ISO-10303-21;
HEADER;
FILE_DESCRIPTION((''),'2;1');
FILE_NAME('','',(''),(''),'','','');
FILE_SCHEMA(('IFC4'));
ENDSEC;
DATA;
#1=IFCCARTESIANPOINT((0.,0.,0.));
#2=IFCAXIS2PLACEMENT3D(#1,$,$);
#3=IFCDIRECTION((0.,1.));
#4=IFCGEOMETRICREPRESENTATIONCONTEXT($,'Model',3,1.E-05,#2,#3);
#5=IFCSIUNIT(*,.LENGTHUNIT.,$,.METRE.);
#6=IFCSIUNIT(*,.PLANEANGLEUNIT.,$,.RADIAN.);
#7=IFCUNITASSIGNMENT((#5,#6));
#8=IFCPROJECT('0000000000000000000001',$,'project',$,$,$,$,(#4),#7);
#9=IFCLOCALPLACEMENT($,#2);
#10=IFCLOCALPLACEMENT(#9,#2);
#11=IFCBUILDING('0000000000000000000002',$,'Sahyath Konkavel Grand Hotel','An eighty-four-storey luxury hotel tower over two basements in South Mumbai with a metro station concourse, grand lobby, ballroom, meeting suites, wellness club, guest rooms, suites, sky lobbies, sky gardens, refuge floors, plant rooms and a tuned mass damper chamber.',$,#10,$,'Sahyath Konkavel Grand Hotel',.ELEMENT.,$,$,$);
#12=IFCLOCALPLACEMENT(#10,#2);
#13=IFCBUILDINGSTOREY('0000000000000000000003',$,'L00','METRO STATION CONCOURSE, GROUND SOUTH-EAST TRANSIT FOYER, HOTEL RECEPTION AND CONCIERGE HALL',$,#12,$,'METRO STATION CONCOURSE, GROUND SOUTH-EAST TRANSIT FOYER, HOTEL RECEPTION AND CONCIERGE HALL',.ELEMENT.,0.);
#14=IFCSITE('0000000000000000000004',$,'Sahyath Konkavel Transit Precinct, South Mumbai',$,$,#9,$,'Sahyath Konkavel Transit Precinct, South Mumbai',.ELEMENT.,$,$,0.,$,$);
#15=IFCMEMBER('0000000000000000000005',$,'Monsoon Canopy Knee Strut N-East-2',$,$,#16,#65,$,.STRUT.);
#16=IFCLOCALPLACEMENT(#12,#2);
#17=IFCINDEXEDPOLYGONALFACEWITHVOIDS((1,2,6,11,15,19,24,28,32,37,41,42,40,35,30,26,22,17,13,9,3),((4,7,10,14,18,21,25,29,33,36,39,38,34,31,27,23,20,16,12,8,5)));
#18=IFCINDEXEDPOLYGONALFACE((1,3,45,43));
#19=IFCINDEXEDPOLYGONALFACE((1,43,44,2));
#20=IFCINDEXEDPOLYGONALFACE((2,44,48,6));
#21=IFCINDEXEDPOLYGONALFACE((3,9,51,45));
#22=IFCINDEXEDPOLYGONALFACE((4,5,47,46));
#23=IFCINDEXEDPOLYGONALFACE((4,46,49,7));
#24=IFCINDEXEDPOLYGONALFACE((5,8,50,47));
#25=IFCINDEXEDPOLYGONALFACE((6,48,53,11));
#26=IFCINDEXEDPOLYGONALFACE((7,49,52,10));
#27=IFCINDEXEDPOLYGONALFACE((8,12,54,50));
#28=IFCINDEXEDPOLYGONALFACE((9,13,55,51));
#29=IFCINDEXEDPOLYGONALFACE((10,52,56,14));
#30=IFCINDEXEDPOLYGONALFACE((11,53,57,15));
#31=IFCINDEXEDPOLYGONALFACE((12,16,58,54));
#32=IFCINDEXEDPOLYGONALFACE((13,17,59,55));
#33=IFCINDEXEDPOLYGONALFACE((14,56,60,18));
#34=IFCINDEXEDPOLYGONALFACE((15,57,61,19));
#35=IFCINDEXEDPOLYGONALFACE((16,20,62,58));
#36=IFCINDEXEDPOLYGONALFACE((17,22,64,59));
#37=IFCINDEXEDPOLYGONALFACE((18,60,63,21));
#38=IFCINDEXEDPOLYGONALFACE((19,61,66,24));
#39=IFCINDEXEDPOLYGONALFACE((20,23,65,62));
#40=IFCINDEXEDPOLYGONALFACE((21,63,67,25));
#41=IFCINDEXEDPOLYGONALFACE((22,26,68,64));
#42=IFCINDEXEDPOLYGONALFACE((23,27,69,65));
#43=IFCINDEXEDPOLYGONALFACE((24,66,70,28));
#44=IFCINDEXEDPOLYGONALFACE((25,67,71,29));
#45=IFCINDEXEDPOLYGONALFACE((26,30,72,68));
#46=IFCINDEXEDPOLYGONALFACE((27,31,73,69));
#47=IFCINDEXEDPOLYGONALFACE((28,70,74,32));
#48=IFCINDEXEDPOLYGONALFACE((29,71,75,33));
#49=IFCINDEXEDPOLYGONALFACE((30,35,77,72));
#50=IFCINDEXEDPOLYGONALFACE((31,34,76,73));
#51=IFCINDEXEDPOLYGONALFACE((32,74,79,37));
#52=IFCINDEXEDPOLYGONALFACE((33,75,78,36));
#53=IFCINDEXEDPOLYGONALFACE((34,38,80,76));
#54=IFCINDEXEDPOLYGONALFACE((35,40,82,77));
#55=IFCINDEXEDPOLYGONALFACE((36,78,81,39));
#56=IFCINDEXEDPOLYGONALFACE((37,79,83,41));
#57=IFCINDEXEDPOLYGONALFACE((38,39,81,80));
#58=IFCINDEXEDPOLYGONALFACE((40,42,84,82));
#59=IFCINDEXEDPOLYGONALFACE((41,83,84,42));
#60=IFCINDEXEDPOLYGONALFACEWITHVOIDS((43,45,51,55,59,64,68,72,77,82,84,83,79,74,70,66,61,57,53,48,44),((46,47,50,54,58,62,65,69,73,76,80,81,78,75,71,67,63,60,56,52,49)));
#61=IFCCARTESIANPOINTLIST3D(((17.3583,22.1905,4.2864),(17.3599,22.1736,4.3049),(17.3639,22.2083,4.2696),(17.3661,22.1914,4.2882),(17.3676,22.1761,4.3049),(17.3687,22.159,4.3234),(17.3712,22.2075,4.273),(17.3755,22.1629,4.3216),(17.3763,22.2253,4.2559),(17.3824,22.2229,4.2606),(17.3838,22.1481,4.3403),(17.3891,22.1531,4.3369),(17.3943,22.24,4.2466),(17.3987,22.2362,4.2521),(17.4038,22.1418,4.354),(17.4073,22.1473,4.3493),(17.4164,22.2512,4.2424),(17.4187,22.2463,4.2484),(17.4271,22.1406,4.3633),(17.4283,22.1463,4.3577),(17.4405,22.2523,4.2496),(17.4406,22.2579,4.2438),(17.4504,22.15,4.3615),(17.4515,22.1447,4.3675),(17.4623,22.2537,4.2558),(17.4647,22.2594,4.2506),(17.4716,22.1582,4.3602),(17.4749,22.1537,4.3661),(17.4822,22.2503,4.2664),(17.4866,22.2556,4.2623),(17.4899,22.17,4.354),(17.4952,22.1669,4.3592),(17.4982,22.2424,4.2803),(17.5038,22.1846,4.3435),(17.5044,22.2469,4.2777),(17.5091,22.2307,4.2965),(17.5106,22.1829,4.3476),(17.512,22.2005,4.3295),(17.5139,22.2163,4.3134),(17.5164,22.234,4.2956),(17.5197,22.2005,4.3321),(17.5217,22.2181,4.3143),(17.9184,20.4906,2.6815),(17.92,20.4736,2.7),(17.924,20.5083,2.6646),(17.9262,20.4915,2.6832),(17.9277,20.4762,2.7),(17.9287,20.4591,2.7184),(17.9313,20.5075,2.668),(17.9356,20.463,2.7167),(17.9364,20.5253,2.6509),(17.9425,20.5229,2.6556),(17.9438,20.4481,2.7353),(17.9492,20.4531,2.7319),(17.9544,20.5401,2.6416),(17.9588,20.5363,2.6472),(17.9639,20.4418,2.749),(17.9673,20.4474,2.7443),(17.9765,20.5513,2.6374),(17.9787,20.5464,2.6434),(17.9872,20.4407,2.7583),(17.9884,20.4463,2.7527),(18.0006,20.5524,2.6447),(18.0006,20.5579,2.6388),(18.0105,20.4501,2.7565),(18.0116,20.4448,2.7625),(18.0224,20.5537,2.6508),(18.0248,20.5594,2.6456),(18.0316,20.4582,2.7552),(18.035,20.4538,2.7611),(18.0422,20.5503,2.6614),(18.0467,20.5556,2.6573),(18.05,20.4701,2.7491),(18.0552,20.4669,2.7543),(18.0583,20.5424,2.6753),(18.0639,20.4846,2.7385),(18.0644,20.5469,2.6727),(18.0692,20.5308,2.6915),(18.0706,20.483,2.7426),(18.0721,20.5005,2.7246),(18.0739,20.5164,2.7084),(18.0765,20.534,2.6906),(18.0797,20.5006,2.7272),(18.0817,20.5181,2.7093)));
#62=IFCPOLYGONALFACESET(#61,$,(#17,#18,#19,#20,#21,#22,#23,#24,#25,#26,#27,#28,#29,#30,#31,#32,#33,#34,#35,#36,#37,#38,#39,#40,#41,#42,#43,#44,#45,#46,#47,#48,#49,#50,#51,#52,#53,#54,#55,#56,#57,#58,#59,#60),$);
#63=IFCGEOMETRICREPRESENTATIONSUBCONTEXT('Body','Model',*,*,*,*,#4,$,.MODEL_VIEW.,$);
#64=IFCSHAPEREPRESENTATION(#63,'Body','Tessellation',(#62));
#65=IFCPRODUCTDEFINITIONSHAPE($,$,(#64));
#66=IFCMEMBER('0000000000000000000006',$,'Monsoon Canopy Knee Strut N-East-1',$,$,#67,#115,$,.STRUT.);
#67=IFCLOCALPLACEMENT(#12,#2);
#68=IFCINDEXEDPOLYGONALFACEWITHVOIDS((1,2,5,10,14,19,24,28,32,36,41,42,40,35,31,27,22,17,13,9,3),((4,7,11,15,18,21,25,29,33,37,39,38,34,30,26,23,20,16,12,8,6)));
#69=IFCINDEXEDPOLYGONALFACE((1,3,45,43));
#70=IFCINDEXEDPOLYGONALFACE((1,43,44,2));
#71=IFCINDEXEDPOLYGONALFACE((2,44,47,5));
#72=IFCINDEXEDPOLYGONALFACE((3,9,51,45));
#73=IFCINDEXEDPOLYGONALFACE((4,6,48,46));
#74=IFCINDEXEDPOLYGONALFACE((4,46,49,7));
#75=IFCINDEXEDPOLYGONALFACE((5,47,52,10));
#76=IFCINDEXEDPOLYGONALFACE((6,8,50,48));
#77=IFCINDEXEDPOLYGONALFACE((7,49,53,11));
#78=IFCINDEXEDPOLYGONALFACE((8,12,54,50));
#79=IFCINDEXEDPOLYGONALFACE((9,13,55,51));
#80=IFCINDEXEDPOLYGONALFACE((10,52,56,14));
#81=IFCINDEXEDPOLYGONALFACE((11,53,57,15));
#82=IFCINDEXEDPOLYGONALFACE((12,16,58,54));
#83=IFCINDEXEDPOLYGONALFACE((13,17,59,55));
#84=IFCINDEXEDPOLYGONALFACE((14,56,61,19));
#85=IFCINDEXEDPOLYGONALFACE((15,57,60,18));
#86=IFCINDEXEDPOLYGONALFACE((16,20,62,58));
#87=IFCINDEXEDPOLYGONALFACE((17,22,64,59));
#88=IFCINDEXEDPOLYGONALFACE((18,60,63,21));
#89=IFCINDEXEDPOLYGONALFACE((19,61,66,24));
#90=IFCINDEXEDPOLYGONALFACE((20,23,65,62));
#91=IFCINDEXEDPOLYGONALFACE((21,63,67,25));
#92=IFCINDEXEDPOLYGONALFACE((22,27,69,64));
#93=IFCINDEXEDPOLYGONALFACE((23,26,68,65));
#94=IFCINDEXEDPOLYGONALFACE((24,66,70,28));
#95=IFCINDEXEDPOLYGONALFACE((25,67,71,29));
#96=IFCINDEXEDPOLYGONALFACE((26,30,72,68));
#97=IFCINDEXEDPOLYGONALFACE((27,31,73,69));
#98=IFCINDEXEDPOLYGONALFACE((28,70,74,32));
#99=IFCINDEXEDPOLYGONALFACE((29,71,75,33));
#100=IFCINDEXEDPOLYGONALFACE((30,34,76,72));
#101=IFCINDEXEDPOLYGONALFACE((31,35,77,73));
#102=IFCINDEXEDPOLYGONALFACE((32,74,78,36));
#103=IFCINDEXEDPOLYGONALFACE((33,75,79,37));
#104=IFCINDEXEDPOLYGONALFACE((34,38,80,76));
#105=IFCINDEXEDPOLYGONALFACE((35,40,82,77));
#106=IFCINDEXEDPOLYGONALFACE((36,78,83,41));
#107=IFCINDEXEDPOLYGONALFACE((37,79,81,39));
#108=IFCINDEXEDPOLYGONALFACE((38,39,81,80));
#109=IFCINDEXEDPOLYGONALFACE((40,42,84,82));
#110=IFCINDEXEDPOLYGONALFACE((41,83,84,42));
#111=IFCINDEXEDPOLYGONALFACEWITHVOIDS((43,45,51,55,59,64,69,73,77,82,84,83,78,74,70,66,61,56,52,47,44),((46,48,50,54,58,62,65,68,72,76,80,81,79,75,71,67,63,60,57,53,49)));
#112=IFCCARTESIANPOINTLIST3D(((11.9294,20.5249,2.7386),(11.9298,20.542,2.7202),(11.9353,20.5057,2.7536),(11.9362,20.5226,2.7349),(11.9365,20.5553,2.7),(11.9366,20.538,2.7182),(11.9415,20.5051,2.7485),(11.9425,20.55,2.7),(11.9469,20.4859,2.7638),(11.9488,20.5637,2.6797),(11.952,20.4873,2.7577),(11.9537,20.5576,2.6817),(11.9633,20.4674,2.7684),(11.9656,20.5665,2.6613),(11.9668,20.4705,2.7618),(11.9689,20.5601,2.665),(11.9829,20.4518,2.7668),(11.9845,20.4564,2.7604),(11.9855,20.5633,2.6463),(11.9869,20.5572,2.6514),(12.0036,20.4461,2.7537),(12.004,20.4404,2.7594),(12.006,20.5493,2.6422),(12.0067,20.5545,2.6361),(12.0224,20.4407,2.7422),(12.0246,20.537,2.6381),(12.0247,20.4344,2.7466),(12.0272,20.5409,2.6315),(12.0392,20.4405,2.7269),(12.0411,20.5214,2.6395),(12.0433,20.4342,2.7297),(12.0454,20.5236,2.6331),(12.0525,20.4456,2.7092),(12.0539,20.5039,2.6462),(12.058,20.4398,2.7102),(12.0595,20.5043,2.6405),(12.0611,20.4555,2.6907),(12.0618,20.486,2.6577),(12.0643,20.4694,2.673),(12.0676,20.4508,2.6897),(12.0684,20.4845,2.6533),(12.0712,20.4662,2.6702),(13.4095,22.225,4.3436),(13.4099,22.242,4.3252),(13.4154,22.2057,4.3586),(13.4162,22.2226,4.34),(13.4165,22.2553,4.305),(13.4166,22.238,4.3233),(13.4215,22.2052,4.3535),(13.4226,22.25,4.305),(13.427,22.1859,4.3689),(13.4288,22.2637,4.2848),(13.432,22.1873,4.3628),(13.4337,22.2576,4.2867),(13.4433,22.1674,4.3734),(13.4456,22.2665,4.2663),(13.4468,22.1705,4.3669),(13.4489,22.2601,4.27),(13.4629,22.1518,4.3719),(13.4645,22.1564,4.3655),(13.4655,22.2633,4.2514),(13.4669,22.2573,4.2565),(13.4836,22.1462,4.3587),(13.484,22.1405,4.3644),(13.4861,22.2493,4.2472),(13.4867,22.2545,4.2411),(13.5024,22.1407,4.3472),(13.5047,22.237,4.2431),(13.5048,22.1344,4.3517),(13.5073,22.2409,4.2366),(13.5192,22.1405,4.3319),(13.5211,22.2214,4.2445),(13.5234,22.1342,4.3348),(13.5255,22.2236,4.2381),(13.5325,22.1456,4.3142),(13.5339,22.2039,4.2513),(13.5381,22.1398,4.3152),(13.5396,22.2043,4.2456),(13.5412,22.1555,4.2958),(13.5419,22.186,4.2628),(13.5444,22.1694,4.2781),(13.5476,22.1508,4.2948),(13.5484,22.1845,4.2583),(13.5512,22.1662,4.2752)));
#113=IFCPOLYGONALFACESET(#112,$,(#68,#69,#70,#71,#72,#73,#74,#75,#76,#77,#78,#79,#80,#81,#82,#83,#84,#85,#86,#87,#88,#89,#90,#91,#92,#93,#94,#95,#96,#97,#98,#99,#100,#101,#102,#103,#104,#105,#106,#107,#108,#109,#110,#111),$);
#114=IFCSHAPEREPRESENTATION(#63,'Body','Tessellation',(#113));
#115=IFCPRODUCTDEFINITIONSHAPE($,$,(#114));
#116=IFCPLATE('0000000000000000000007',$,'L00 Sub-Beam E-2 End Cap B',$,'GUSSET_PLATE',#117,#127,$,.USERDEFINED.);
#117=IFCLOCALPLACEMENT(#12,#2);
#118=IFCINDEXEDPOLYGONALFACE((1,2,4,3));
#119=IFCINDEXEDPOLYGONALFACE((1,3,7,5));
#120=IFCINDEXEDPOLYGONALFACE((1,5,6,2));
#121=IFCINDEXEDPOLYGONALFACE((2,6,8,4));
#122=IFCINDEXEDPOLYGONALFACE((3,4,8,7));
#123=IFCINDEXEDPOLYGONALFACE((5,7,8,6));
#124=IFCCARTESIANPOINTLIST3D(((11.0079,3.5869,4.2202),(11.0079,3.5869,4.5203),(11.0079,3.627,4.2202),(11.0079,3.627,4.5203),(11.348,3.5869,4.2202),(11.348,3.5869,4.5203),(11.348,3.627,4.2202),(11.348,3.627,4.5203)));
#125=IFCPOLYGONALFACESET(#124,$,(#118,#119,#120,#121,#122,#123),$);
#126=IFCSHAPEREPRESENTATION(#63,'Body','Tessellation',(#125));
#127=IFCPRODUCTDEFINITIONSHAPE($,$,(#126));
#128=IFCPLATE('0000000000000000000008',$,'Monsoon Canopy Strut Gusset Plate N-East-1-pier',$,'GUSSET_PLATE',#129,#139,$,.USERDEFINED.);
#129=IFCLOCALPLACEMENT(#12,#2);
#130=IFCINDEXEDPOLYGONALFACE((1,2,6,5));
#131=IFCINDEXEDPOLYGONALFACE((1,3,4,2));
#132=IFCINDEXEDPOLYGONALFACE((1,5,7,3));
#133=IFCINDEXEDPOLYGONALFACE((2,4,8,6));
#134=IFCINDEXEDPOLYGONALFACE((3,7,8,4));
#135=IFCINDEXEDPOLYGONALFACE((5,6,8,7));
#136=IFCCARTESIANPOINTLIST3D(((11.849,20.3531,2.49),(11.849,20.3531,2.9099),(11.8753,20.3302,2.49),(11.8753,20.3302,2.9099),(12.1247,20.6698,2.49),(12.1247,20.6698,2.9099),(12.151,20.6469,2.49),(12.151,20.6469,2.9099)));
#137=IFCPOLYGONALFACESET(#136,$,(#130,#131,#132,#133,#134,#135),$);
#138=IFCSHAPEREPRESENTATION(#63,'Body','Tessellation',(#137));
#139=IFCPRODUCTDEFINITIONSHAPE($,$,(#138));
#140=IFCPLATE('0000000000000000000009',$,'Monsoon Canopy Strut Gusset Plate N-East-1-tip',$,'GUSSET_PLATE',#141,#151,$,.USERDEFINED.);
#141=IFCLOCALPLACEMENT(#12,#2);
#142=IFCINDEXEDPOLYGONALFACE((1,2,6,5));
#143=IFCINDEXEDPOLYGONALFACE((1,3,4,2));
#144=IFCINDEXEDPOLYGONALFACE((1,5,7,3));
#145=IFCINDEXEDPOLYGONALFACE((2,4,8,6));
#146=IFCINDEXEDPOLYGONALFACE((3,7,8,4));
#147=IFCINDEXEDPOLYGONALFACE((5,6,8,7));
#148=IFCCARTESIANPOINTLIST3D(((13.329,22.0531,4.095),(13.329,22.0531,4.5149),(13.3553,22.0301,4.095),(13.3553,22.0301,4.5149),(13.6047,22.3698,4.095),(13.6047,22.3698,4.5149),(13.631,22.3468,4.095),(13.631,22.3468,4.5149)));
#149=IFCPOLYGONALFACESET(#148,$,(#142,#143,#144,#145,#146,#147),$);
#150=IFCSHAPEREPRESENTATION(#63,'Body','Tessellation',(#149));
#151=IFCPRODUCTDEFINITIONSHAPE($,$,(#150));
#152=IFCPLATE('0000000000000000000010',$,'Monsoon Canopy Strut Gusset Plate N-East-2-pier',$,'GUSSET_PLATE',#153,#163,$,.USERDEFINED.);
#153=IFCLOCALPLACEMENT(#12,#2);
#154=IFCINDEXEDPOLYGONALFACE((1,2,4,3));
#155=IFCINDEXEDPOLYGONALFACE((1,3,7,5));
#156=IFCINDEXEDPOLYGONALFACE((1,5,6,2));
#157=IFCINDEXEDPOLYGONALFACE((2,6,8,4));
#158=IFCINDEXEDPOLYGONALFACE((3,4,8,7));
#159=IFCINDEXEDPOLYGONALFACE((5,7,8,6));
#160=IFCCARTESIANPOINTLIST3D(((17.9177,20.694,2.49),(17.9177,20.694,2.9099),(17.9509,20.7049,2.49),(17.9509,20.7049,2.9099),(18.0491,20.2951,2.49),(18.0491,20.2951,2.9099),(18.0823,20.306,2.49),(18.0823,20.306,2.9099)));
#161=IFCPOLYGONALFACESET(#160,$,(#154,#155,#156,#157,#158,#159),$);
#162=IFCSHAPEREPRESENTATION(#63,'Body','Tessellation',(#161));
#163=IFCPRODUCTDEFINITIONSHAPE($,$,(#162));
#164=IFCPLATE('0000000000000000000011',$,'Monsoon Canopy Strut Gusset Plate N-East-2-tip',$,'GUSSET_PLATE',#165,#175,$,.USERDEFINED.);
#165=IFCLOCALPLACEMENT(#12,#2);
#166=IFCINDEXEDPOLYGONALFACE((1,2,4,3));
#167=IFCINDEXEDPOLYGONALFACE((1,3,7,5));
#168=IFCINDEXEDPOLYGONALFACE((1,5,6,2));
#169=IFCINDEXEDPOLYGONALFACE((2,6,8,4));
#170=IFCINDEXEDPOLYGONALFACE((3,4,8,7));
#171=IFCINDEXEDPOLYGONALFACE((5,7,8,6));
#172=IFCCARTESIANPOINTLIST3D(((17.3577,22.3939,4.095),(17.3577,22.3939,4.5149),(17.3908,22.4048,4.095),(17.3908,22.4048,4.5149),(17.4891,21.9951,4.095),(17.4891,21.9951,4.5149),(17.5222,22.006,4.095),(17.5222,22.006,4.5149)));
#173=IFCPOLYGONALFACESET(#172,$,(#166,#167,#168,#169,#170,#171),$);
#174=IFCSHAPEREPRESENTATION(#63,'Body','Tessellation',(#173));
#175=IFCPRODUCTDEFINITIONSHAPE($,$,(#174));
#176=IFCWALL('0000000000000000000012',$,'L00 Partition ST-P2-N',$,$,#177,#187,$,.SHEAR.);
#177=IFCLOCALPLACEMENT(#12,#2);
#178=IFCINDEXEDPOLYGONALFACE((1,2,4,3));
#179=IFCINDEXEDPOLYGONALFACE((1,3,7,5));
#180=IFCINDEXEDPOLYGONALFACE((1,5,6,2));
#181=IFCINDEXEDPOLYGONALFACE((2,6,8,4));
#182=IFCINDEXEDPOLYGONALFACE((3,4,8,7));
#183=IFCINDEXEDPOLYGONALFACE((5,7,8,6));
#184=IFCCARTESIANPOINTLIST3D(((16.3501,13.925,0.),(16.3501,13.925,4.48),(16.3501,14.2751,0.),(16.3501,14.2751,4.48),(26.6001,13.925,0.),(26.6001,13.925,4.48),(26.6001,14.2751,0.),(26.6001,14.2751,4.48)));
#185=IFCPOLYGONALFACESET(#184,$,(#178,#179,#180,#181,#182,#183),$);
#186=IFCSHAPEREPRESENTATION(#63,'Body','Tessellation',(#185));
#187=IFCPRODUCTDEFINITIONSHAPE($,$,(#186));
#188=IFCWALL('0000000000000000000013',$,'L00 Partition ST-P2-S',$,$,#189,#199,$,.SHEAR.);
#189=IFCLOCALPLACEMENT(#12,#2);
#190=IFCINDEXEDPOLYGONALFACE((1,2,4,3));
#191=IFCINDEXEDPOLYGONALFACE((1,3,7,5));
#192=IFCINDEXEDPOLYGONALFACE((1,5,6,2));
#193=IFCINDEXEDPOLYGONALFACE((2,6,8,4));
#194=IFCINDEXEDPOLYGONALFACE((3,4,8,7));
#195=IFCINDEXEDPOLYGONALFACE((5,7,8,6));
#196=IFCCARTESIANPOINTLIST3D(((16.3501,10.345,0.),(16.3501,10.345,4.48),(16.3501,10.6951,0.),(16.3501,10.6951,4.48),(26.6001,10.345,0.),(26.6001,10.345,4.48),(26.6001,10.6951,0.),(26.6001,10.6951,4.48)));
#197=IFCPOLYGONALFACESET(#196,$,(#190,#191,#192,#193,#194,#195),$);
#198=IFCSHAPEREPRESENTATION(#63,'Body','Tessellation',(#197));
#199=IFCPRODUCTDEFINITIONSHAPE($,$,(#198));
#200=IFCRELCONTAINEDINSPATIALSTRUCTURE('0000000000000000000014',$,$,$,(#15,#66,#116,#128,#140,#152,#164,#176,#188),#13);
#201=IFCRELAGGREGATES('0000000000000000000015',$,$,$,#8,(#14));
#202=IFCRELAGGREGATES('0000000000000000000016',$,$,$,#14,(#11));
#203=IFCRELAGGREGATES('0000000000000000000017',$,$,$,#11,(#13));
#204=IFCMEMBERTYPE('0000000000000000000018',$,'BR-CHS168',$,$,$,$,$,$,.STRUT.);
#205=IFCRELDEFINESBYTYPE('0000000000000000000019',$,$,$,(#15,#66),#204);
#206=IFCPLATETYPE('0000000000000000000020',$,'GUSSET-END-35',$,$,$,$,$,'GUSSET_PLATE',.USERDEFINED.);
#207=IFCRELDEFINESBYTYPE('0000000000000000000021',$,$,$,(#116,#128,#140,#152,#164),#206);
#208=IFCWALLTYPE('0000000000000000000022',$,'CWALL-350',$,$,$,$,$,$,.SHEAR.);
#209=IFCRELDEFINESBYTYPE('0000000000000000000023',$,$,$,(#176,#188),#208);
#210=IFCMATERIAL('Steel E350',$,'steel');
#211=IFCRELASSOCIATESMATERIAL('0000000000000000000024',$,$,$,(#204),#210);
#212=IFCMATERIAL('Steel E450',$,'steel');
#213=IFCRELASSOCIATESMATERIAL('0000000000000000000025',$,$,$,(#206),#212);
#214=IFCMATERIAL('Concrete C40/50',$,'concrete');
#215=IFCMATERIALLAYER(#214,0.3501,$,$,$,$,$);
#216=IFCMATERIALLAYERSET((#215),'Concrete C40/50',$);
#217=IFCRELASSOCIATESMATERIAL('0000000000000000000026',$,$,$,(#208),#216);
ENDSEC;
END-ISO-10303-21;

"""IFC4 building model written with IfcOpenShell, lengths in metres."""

from ifc_helpers import new_model, si_unit, direction, frame, frame_2d, origin, origin_2d, place, context, subcontext, project, spatial, rectangle, hollow_circle, extrude, source, transform, mapped, material, layer, layer_set, material_profile, profile_set, type_object, element, save


model = new_model("IFC4")

# Units and contexts
model_context = context("Model", 3, precision=1e-05, world=origin(), true_north=direction((0.0, 1.0)))
body_context = subcontext(model_context, "Body", "Model", "MODEL_VIEW")
ifc_project = project(units=[si_unit("LENGTHUNIT", "METRE"), si_unit("PLANEANGLEUNIT", "RADIAN")], contexts=[model_context])

# Site, building, storey
site_placement = place(None, origin())
site = spatial("IfcSite", under=ifc_project, at=site_placement, Name="Sahyath Konkavel Transit Precinct, South Mumbai", LongName="Sahyath Konkavel Transit Precinct, South Mumbai", CompositionType="ELEMENT", RefElevation=0.0)
building_placement = place(site_placement, origin())
building = spatial("IfcBuilding", under=site, at=building_placement, Name="Sahyath Konkavel Grand Hotel", Description="An eighty-four-storey luxury hotel tower over two basements in South Mumbai with a metro station concourse, grand lobby, ballroom, meeting suites, wellness club, guest rooms, suites, sky lobbies, sky gardens, refuge floors, plant rooms and a tuned mass damper chamber.", LongName="Sahyath Konkavel Grand Hotel", CompositionType="ELEMENT")
storey_placement = place(building_placement, origin())
storey = spatial("IfcBuildingStorey", under=building, at=storey_placement, Name="L00", Description="METRO STATION CONCOURSE, GROUND SOUTH-EAST TRANSIT FOYER, HOTEL RECEPTION AND CONCIERGE HALL", LongName="METRO STATION CONCOURSE, GROUND SOUTH-EAST TRANSIT FOYER, HOTEL RECEPTION AND CONCIERGE HALL", CompositionType="ELEMENT", Elevation=0.0)

# Shared definitions
ifc_material_1 = material(Name="Steel E350", Category="steel")

# Members
ifc_material_profile_1 = material_profile(ifc_material_1, hollow_circle(Radius=0.0842, WallThickness=0.0081, at=origin_2d()), Name="CHS 168.3x8")
ifc_profile_set_1 = profile_set([ifc_material_profile_1], Name="Steel E350")
member_type = type_object("IfcMemberType", Name="BR-CHS168", PredefinedType="STRUT", material=ifc_profile_set_1)
shared_shape_1 = source(origin(), body_context, "Body", "SweptSolid", [
    extrude(hollow_circle(Radius=0.0842, WallThickness=0.0081, at=origin_2d()), origin(), (0.0, 0.0, 1.0), 2.4041),
])
member_1_placement = place(storey_placement, frame((18.0, 20.5, 2.7), z_axis=(-0.232965, 0.707119, 0.667615), x_axis=(-0.949782, -0.312911, 0.0)))
element("IfcMember", 1, at=member_1_placement, inside=storey, type_object=member_type, Name="Monsoon Canopy Knee Strut N-East-2", PredefinedType="STRUT", context=body_context, shape_type="MappedRepresentation", body=[
    mapped(shared_shape_1, transform((0.0, 0.0, 0.0), scale=1.0)),
])
shared_shape_2 = source(origin(), body_context, "Body", "SweptSolid", [
    extrude(hollow_circle(Radius=0.0842, WallThickness=0.0081, at=origin_2d()), origin(), (0.0, 0.0, 1.0), 2.7671),
])
member_2_placement = place(storey_placement, frame((12.0, 20.5, 2.7), z_axis=(0.534874, 0.614372, 0.580049), x_axis=(-0.754218, 0.656624, 0.0)))
element("IfcMember", 2, at=member_2_placement, inside=storey, type_object=member_type, Name="Monsoon Canopy Knee Strut N-East-1", PredefinedType="STRUT", context=body_context, shape_type="MappedRepresentation", body=[
    mapped(shared_shape_2, transform((0.0, 0.0, 0.0), scale=1.0)),
])

# Plates
ifc_material_2 = material(Name="Steel E450", Category="steel")
plate_type = type_object("IfcPlateType", Name="GUSSET-END-35", ElementType="GUSSET_PLATE", PredefinedType="USERDEFINED", material=ifc_material_2)
shared_shape_3 = source(origin(), body_context, "Body", "SweptSolid", [
    extrude(rectangle(XDim=0.04, YDim=0.3401, at=origin_2d()), origin(), (0.0, 0.0, 1.0), 0.3),
])
plate_placement = place(storey_placement, frame((11.178, 3.6069, 4.2202), z_axis=(0.0, 0.0, 1.0), x_axis=(0.0, 1.0, 0.0)))
element("IfcPlate", 3, at=plate_placement, inside=storey, type_object=plate_type, Name="L00 Sub-Beam E-2 End Cap B", ObjectType="GUSSET_PLATE", PredefinedType="USERDEFINED", context=body_context, shape_type="MappedRepresentation", body=[
    mapped(shared_shape_3, transform((0.0, 0.0, 0.0), scale=1.0)),
])
shared_shape_4 = source(origin(), body_context, "Body", "SweptSolid", [
    extrude(rectangle(XDim=0.4199, YDim=0.0349, at=origin_2d()), origin(), (0.0, 0.0, 1.0), 0.4199),
])
for number, where, z_axis, x_axis, name in (
    (4, (12.0, 20.5, 2.49), (0.0, 0.0, 1.0), (0.656612, 0.754228, 0.0), "Monsoon Canopy Strut Gusset Plate N-East-1-pier"),
    (5, (13.48, 22.2, 4.095), (0.0, 0.0, 1.0), (0.656612, 0.754228, 0.0), "Monsoon Canopy Strut Gusset Plate N-East-1-tip"),
    (6, (18.0, 20.5, 2.49), (0.0, 0.0, 1.0), (-0.312865, 0.949797, 0.0), "Monsoon Canopy Strut Gusset Plate N-East-2-pier"),
    (7, (17.4399, 22.2, 4.095), (0.0, 0.0, 1.0), (-0.312865, 0.949797, 0.0), "Monsoon Canopy Strut Gusset Plate N-East-2-tip"),
):
    element("IfcPlate", number, at=place(storey_placement, frame(where, z_axis=z_axis, x_axis=x_axis)), inside=storey, type_object=plate_type, Name=name, ObjectType="GUSSET_PLATE", PredefinedType="USERDEFINED", context=body_context, shape_type="MappedRepresentation", body=[
        mapped(shared_shape_4, transform((0.0, 0.0, 0.0), scale=1.0)),
    ])

# Walls
ifc_material_3 = material(Name="Concrete C40/50", Category="concrete")
ifc_layer_1 = layer(ifc_material_3, 0.3501)
ifc_layer_set_1 = layer_set([ifc_layer_1], Name="Concrete C40/50")
wall_type_1 = type_object("IfcWallType", Name="CWALL-350", PredefinedType="SHEAR", material=ifc_layer_set_1)
for number, where, z_axis, x_axis, name in (
    (8, (16.3501, 14.1001, 0.0), (0.0, 0.0, 1.0), (1.0, 0.0, 0.0), "L00 Partition ST-P2-N"),
    (9, (16.3501, 10.52, 0.0), (0.0, 0.0, 1.0), (1.0, 0.0, 0.0), "L00 Partition ST-P2-S"),
):
    element("IfcWall", number, at=place(storey_placement, frame(where, z_axis=z_axis, x_axis=x_axis)), inside=storey, type_object=wall_type_1, Name=name, PredefinedType="SHEAR", context=body_context, shape_type="SweptSolid", body=[
        extrude(rectangle(XDim=10.25, YDim=0.3501, at=frame_2d((5.125, 0.0))), origin(), (0.0, 0.0, 1.0), 4.48),
    ])

save(model, "model.ifc")
